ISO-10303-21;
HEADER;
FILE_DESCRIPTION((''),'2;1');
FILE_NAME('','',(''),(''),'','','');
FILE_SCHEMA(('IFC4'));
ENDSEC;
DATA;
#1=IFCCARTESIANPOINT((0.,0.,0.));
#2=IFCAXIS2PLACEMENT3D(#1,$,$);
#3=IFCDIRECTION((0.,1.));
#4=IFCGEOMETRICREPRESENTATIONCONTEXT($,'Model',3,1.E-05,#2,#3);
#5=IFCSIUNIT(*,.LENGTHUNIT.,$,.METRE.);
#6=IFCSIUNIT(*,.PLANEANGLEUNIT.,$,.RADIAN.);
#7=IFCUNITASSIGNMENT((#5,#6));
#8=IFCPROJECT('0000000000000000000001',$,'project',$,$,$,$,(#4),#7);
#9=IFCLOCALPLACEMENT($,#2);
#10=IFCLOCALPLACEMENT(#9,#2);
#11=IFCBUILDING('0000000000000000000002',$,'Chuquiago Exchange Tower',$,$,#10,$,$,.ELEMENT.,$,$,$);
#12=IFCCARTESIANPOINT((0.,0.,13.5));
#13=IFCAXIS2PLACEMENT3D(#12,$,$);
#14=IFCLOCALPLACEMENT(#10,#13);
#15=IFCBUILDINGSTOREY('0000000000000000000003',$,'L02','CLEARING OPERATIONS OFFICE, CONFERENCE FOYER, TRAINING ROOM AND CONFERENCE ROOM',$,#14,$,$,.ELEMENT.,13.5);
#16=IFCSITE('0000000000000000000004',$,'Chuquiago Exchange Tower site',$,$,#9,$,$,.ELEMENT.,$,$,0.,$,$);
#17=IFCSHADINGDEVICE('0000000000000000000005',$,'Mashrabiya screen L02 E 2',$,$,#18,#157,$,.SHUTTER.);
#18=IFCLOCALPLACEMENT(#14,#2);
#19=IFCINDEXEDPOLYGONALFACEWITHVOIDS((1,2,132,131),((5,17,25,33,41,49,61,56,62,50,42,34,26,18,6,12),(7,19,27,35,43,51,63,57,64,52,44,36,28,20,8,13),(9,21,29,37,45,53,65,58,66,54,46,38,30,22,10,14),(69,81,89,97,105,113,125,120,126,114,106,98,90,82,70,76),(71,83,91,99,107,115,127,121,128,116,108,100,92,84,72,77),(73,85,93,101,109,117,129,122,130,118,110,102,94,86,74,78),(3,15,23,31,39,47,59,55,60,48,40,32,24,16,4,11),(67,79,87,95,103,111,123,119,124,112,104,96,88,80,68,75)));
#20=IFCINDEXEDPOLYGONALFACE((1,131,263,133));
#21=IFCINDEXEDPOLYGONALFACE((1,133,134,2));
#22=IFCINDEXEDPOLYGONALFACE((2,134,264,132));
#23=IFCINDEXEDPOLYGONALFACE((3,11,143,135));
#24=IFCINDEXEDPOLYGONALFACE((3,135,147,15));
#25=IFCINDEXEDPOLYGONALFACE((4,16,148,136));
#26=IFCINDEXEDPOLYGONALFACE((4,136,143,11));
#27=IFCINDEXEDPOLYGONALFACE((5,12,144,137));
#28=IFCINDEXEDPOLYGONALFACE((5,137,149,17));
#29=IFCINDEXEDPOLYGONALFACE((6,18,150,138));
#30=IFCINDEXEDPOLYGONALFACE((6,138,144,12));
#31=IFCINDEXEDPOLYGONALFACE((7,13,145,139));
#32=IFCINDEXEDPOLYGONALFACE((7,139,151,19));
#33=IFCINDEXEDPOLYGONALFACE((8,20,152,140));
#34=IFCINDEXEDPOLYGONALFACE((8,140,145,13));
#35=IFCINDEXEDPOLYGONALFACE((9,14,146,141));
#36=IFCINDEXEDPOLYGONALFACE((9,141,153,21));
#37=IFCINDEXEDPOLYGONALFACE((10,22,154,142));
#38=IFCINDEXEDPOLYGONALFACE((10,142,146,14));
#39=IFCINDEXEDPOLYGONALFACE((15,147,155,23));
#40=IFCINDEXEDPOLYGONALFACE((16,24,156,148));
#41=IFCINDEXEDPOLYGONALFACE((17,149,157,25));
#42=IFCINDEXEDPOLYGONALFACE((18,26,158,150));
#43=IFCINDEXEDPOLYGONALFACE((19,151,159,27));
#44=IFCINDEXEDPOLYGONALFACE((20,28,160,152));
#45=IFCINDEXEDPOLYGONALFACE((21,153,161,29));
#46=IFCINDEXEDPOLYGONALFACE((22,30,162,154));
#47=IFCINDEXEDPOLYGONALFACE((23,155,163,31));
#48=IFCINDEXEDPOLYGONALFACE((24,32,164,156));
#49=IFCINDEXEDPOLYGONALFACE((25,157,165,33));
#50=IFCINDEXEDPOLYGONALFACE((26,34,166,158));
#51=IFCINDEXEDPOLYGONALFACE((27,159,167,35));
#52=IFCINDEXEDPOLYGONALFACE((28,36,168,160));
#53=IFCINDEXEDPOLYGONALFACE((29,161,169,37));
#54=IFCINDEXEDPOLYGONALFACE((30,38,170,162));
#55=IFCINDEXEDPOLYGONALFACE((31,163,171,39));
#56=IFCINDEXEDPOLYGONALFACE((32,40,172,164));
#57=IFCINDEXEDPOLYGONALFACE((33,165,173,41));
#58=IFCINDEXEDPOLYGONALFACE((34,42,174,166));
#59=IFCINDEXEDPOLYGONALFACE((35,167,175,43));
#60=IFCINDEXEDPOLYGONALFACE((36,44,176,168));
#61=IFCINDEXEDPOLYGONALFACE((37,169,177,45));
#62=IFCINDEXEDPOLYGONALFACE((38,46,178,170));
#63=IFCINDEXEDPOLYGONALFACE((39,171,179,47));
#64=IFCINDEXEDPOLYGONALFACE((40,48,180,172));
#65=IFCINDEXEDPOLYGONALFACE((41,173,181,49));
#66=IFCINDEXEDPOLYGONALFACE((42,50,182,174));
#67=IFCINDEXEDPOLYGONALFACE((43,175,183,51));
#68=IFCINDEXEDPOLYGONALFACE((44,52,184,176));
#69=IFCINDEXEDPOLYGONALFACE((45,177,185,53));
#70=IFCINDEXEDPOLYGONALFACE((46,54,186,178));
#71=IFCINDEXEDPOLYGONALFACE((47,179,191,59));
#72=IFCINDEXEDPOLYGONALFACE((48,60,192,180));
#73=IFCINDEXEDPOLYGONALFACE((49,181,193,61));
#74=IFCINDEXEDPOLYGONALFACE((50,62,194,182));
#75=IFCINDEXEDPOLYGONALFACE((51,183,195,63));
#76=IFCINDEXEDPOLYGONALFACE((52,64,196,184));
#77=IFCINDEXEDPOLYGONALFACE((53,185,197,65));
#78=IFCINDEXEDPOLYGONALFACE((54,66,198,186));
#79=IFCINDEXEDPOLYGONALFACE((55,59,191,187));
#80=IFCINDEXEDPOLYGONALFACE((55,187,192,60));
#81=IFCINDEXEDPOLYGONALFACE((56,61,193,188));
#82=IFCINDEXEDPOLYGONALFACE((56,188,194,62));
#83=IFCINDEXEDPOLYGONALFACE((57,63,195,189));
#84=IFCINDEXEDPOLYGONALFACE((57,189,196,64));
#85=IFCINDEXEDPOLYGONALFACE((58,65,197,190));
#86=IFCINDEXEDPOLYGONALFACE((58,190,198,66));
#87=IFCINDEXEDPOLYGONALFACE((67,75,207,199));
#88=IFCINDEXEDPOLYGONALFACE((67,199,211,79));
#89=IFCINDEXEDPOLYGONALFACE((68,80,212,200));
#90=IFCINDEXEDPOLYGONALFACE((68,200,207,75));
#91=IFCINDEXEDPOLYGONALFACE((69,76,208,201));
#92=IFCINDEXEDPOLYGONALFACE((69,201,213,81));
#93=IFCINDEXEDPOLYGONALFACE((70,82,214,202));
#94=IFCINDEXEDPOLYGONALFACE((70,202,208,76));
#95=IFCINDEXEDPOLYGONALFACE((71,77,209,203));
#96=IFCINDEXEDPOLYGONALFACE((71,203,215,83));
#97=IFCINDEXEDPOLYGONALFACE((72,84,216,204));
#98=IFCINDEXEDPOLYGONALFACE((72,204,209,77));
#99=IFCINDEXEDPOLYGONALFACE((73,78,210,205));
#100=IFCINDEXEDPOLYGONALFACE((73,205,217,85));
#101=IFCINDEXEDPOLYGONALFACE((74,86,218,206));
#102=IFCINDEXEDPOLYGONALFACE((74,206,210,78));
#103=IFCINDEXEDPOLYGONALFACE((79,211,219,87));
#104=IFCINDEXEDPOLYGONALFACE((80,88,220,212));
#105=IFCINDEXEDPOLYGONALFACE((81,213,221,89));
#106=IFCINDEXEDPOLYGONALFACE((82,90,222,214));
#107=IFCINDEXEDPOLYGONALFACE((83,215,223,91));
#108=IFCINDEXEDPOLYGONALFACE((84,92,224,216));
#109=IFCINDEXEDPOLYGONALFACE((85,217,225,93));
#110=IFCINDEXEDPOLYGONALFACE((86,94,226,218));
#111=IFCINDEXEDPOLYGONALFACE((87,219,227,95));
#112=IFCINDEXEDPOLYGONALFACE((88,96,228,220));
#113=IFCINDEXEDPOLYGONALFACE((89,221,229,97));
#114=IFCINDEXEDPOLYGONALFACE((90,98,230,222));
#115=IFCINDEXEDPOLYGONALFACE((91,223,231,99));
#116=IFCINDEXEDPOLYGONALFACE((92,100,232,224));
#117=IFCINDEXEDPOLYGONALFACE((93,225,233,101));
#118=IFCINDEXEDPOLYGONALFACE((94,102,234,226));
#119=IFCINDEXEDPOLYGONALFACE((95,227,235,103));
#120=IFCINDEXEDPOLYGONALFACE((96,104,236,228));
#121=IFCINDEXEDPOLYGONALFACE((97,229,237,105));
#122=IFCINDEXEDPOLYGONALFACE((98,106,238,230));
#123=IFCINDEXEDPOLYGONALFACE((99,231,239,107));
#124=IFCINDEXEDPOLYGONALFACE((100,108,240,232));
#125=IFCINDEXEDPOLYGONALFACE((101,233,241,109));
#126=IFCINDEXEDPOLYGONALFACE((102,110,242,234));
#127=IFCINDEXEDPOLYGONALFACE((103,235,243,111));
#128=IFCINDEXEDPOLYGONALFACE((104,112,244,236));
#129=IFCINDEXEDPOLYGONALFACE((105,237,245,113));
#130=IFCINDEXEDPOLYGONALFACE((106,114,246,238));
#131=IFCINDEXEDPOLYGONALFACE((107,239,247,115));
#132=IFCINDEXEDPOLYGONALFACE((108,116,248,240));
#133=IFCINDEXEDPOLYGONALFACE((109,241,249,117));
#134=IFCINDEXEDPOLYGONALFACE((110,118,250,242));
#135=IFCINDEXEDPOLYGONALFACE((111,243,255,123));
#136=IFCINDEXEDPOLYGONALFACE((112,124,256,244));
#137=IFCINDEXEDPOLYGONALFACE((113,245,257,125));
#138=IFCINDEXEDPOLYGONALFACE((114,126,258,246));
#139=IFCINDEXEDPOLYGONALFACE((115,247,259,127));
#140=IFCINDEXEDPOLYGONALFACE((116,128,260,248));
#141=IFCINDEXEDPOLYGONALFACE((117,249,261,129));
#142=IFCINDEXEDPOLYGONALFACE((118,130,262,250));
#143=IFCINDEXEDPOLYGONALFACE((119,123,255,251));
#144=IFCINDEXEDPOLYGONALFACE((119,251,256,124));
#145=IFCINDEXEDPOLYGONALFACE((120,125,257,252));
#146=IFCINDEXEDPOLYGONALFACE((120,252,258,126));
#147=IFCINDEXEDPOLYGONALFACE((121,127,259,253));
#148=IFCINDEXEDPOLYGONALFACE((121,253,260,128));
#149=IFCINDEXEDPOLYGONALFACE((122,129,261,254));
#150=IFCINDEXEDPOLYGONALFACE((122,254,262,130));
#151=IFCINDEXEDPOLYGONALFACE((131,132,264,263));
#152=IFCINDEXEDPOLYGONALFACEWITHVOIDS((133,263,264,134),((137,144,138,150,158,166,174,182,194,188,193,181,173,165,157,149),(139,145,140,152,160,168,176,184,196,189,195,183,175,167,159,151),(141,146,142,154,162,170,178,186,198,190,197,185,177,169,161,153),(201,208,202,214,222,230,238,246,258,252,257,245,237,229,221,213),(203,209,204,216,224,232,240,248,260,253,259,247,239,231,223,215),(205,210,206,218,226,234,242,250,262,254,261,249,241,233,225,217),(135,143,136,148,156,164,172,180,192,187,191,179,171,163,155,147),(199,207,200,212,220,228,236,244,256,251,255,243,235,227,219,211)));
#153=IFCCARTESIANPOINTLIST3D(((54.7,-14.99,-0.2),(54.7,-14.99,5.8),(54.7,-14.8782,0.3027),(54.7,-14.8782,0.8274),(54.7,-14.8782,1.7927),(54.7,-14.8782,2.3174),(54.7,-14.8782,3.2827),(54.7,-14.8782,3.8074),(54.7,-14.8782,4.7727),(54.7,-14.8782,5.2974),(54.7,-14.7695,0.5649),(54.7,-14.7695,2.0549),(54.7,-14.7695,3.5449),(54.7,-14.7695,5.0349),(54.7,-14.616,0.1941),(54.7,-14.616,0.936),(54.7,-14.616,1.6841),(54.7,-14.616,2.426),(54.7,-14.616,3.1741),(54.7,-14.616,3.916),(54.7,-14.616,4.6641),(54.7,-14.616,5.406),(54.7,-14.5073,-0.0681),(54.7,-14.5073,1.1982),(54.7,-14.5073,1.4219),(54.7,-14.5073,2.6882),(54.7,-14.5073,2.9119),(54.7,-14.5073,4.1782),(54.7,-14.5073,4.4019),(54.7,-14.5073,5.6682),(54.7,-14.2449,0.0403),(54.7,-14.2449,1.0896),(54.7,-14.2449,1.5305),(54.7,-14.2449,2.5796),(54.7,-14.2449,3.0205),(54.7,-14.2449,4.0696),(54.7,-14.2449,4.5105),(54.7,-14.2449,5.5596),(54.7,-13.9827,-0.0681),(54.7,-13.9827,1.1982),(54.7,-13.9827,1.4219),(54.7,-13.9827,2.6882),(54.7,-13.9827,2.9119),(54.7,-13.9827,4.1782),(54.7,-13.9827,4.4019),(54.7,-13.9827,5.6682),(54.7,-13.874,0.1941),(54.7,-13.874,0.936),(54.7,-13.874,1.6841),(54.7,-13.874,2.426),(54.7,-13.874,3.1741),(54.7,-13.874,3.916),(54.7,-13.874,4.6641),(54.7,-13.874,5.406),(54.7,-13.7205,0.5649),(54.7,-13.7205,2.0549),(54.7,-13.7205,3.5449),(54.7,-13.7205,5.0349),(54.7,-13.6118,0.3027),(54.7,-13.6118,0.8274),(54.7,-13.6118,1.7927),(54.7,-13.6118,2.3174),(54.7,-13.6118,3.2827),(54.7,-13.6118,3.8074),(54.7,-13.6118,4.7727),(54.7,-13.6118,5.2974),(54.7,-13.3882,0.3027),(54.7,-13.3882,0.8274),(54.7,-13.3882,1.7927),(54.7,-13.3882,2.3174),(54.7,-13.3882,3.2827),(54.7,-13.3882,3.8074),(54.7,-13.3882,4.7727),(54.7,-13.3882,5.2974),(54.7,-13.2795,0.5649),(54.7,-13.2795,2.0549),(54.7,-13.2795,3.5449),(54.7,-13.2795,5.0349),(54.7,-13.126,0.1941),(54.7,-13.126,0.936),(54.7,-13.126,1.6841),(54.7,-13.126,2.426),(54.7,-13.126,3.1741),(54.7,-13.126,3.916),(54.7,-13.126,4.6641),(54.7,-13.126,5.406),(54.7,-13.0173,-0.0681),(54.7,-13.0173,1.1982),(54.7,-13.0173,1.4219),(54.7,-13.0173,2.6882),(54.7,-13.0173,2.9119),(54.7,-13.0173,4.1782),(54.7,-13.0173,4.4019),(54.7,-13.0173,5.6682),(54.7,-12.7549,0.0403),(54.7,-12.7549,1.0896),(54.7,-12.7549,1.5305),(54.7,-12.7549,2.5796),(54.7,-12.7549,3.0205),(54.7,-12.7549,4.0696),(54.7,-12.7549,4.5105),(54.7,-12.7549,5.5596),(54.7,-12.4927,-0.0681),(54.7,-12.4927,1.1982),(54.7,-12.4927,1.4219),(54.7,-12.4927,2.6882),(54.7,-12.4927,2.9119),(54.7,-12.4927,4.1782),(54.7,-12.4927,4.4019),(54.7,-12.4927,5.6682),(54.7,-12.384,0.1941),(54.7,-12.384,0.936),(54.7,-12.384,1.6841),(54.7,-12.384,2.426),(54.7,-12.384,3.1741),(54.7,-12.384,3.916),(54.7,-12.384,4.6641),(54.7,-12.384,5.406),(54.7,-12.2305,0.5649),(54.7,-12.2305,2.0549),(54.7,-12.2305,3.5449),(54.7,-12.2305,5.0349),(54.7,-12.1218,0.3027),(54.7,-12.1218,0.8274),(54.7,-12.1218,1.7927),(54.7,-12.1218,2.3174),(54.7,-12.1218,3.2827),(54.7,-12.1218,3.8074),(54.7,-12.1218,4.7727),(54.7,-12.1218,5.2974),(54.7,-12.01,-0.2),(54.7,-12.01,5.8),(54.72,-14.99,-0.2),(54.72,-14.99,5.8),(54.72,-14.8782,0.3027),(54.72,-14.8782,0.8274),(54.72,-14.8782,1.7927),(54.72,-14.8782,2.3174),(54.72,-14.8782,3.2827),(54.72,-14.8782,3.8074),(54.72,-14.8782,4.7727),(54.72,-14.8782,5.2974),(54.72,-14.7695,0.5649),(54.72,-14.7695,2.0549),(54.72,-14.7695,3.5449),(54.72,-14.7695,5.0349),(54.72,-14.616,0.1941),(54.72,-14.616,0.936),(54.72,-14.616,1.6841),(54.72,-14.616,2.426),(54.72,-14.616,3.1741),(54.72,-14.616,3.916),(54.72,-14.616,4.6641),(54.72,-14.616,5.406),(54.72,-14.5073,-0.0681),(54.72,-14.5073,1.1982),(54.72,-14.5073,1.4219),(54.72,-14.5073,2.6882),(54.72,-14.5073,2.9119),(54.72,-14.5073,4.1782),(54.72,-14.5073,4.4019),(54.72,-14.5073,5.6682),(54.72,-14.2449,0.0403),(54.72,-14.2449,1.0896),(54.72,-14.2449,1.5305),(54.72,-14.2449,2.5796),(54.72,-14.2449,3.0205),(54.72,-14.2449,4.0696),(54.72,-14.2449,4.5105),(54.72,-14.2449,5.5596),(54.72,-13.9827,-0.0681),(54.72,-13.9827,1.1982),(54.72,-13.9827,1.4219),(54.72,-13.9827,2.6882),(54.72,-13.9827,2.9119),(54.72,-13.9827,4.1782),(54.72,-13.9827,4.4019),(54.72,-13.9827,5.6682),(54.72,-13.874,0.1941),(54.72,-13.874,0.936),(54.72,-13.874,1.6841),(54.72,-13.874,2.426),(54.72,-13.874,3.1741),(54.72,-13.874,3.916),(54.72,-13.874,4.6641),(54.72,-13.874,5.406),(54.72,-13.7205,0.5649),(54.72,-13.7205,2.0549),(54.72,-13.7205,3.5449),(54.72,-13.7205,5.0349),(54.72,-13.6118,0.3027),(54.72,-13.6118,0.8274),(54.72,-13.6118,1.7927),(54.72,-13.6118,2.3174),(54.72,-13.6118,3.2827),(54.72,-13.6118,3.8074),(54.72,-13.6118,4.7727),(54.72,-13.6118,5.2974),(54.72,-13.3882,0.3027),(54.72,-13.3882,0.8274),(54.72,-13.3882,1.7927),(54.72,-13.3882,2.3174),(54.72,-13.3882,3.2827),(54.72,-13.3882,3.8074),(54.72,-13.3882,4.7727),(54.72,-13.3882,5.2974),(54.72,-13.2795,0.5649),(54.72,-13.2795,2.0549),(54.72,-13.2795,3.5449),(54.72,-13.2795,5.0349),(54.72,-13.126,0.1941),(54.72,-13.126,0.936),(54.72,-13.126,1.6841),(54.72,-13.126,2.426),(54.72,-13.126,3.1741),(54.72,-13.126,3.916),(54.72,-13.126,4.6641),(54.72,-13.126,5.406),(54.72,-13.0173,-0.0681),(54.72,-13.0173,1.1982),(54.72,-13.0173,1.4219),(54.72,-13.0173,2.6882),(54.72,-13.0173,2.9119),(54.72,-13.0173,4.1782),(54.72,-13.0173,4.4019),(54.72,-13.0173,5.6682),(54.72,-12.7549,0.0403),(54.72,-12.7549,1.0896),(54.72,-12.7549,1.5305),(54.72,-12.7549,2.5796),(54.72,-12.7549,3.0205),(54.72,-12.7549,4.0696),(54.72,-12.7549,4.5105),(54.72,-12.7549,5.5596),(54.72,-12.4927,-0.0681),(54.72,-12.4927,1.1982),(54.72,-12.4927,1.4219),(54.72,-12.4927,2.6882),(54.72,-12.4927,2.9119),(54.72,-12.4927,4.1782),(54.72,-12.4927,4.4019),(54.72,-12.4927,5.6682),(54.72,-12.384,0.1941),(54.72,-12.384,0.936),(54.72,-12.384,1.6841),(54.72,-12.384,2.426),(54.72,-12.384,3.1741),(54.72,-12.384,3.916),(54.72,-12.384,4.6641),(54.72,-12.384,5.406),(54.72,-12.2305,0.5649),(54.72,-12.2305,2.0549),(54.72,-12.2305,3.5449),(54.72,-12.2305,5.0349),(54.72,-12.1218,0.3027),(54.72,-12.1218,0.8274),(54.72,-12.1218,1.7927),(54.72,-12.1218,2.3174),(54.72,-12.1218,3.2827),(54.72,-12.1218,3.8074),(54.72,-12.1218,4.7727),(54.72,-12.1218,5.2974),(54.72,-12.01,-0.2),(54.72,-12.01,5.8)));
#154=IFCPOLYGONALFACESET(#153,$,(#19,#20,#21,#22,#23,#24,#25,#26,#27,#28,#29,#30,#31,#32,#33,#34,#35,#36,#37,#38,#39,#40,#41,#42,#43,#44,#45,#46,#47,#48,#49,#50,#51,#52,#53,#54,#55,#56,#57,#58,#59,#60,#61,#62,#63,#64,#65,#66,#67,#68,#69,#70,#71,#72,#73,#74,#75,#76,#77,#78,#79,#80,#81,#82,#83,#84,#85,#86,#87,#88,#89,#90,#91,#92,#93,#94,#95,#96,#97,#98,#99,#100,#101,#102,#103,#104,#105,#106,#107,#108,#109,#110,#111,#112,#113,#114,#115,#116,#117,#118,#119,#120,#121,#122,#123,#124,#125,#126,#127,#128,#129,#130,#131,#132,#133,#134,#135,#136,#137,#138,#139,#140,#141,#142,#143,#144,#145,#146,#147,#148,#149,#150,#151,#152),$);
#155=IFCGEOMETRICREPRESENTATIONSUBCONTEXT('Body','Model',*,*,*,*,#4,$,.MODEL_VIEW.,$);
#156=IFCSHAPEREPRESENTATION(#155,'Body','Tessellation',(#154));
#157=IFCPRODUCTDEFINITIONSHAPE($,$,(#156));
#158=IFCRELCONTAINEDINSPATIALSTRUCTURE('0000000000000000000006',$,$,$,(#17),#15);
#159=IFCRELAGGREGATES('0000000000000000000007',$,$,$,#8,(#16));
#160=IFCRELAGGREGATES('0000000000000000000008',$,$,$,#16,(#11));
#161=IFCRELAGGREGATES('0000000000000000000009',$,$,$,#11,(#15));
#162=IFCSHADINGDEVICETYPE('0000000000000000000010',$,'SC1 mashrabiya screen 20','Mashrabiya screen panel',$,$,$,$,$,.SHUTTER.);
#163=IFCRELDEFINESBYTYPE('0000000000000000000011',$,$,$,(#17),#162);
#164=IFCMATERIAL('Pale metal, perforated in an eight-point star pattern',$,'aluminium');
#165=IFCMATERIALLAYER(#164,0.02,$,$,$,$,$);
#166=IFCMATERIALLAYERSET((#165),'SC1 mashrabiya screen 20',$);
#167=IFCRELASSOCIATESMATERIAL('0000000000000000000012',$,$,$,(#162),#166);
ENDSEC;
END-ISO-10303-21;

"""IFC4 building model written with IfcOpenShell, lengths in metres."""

from ifc_helpers import new_model, si_unit, direction, frame, origin, place, context, subcontext, project, spatial, polyline, outline, extrude, material, layer, layer_set, type_object, element, save


model = new_model("IFC4")

# Units and contexts
model_context = context("Model", 3, precision=1e-05, world=origin(), true_north=direction((0.0, 1.0)))
body_context = subcontext(model_context, "Body", "Model", "MODEL_VIEW")
ifc_project = project(units=[si_unit("LENGTHUNIT", "METRE"), si_unit("PLANEANGLEUNIT", "RADIAN")], contexts=[model_context])

# Site, building, storey
site_placement = place(None, origin())
site = spatial("IfcSite", under=ifc_project, at=site_placement, Name="Chuquiago Exchange Tower site", CompositionType="ELEMENT", RefElevation=0.0)
building_placement = place(site_placement, origin())
building = spatial("IfcBuilding", under=site, at=building_placement, Name="Chuquiago Exchange Tower", CompositionType="ELEMENT")
storey_placement = place(building_placement, frame((0.0, 0.0, 13.5)))
storey = spatial("IfcBuildingStorey", under=building, at=storey_placement, Name="L02", Description="CLEARING OPERATIONS OFFICE, CONFERENCE FOYER, TRAINING ROOM AND CONFERENCE ROOM", CompositionType="ELEMENT", Elevation=13.5)

# Shading device
ifc_material_1 = material(Name="Pale metal, perforated in an eight-point star pattern", Category="aluminium")
ifc_layer_1 = layer(ifc_material_1, 0.02)
ifc_layer_set_1 = layer_set([ifc_layer_1], Name="SC1 mashrabiya screen 20")
shading_device_type = type_object("IfcShadingDeviceType", Name="SC1 mashrabiya screen 20", Description="Mashrabiya screen panel", PredefinedType="SHUTTER", material=ifc_layer_set_1)
shading_device_1_placement = place(storey_placement, frame((54.7, -14.99, -0.2), z_axis=(0.0, 0.0, 1.0), x_axis=(0.0, 1.0, 0.0)))
element("IfcShadingDevice", 1, at=shading_device_1_placement, inside=storey, type_object=shading_device_type, Name="Mashrabiya screen L02 E 2", PredefinedType="SHUTTER", context=body_context, shape_type="SweptSolid", body=[
    extrude(outline(polyline([(0.0, 0.0), (2.98, 0.0), (2.98, 6.0), (0.0, 6.0), (0.0, 0.0)]), holes=[polyline([(1.2695, 0.7649), (1.3782, 1.0273), (1.116, 1.136), (1.0073, 1.3982), (0.7451, 1.2896), (0.4827, 1.3982), (0.374, 1.136), (0.1118, 1.0273), (0.2205, 0.7649), (0.1118, 0.5027), (0.374, 0.394), (0.4827, 0.1318), (0.7451, 0.2402), (1.0073, 0.1318), (1.116, 0.394), (1.3782, 0.5027), (1.2695, 0.7649)]), polyline([(2.7595, 0.7649), (2.8682, 1.0273), (2.606, 1.136), (2.4973, 1.3982), (2.2351, 1.2896), (1.9727, 1.3982), (1.864, 1.136), (1.6018, 1.0273), (1.7104, 0.7649), (1.6018, 0.5027), (1.864, 0.394), (1.9727, 0.1318), (2.2351, 0.2402), (2.4973, 0.1318), (2.606, 0.394), (2.8682, 0.5027), (2.7595, 0.7649)]), polyline([(1.2695, 2.2549), (1.3782, 2.5173), (1.116, 2.626), (1.0073, 2.8882), (0.7451, 2.7795), (0.4827, 2.8882), (0.374, 2.626), (0.1118, 2.5173), (0.2205, 2.2549), (0.1118, 1.9927), (0.374, 1.884), (0.4827, 1.6218), (0.7451, 1.7305), (1.0073, 1.6218), (1.116, 1.884), (1.3782, 1.9927), (1.2695, 2.2549)]), polyline([(2.7595, 2.2549), (2.8682, 2.5173), (2.606, 2.626), (2.4973, 2.8882), (2.2351, 2.7795), (1.9727, 2.8882), (1.864, 2.626), (1.6018, 2.5173), (1.7104, 2.2549), (1.6018, 1.9927), (1.864, 1.884), (1.9727, 1.6218), (2.2351, 1.7305), (2.4973, 1.6218), (2.606, 1.884), (2.8682, 1.9927), (2.7595, 2.2549)]), polyline([(1.2695, 3.7449), (1.3782, 4.0073), (1.116, 4.116), (1.0073, 4.3782), (0.7451, 4.2695), (0.4827, 4.3782), (0.374, 4.116), (0.1118, 4.0073), (0.2205, 3.7449), (0.1118, 3.4827), (0.374, 3.374), (0.4827, 3.1118), (0.7451, 3.2205), (1.0073, 3.1118), (1.116, 3.374), (1.3782, 3.4827), (1.2695, 3.7449)]), polyline([(2.7595, 3.7449), (2.8682, 4.0073), (2.606, 4.116), (2.4973, 4.3782), (2.2351, 4.2695), (1.9727, 4.3782), (1.864, 4.116), (1.6018, 4.0073), (1.7104, 3.7449), (1.6018, 3.4827), (1.864, 3.374), (1.9727, 3.1118), (2.2351, 3.2205), (2.4973, 3.1118), (2.606, 3.374), (2.8682, 3.4827), (2.7595, 3.7449)]), polyline([(1.2695, 5.2349), (1.3782, 5.4973), (1.116, 5.606), (1.0073, 5.8682), (0.7451, 5.7595), (0.4827, 5.8682), (0.374, 5.606), (0.1118, 5.4973), (0.2205, 5.2349), (0.1118, 4.9727), (0.374, 4.864), (0.4827, 4.6018), (0.7451, 4.7104), (1.0073, 4.6018), (1.116, 4.864), (1.3782, 4.9727), (1.2695, 5.2349)]), polyline([(2.7595, 5.2349), (2.8682, 5.4973), (2.606, 5.606), (2.4973, 5.8682), (2.2351, 5.7595), (1.9727, 5.8682), (1.864, 5.606), (1.6018, 5.4973), (1.7104, 5.2349), (1.6018, 4.9727), (1.864, 4.864), (1.9727, 4.6018), (2.2351, 4.7104), (2.4973, 4.6018), (2.606, 4.864), (2.8682, 4.9727), (2.7595, 5.2349)])]), frame((0.0, 0.0, 0.0), z_axis=(0.0, -1.0, 0.0), x_axis=(1.0, 0.0, 0.0)), (0.0, 0.0, 1.0), 0.02),
])

save(model, "model.ifc")
